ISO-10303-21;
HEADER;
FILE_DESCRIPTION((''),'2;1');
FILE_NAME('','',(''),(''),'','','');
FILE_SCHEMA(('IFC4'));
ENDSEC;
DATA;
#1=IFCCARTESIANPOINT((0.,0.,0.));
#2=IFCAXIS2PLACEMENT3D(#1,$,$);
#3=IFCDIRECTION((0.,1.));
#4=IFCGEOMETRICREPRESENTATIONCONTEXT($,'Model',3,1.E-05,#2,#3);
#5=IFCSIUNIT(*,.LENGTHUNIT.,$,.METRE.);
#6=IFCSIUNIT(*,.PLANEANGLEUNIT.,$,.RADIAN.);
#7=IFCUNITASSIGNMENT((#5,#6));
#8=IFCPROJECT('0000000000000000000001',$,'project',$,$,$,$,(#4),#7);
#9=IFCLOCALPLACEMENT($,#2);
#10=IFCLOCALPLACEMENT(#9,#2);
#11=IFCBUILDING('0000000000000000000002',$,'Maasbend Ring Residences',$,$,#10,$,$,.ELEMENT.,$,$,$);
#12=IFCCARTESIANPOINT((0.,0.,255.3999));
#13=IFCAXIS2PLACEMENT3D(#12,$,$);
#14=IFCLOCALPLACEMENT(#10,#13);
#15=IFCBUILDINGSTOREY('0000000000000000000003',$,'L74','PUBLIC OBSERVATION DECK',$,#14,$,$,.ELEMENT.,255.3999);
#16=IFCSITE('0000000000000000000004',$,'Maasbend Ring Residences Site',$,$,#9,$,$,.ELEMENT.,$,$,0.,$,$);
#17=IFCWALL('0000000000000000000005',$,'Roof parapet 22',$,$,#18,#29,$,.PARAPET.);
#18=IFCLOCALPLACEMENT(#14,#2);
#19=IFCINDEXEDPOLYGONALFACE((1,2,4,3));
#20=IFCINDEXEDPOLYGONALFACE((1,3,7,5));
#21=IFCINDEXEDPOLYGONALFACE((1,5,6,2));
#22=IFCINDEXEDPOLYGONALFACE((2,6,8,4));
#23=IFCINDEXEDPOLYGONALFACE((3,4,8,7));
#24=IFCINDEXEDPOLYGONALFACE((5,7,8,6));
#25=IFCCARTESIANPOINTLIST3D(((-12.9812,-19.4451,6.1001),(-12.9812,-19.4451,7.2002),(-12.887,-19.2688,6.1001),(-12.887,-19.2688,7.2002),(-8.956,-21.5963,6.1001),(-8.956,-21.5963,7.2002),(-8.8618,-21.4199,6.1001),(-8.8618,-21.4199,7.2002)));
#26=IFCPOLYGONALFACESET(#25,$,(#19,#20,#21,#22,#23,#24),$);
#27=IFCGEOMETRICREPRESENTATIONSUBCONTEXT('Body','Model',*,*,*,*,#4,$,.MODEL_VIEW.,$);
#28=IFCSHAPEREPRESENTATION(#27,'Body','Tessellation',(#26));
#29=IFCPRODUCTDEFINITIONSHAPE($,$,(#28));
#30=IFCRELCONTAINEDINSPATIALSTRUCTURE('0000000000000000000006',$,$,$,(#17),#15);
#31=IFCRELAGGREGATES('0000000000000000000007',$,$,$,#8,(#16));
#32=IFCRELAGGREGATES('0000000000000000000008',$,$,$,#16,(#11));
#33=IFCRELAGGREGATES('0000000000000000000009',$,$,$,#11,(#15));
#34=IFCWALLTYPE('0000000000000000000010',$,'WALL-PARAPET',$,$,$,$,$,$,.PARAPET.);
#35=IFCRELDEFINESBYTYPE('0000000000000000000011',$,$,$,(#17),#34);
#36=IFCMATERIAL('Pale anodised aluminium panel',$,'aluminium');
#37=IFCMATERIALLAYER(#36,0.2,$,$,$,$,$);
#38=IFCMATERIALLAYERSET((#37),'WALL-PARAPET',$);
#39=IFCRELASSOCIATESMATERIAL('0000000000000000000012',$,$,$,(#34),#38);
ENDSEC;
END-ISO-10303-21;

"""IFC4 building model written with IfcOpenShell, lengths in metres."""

from ifc_helpers import new_model, si_unit, direction, frame, frame_2d, origin, place, context, subcontext, project, spatial, rectangle, extrude, material, layer, layer_set, type_object, element, save


model = new_model("IFC4")

# Units and contexts
model_context = context("Model", 3, precision=1e-05, world=origin(), true_north=direction((0.0, 1.0)))
body_context = subcontext(model_context, "Body", "Model", "MODEL_VIEW")
ifc_project = project(units=[si_unit("LENGTHUNIT", "METRE"), si_unit("PLANEANGLEUNIT", "RADIAN")], contexts=[model_context])

# Site, building, storey
site_placement = place(None, origin())
site = spatial("IfcSite", under=ifc_project, at=site_placement, Name="Maasbend Ring Residences Site", CompositionType="ELEMENT", RefElevation=0.0)
building_placement = place(site_placement, origin())
building = spatial("IfcBuilding", under=site, at=building_placement, Name="Maasbend Ring Residences", CompositionType="ELEMENT")
storey_placement = place(building_placement, frame((0.0, 0.0, 255.3999)))
storey = spatial("IfcBuildingStorey", under=building, at=storey_placement, Name="L74", Description="PUBLIC OBSERVATION DECK", CompositionType="ELEMENT", Elevation=255.3999)

# Wall
ifc_material_1 = material(Name="Pale anodised aluminium panel", Category="aluminium")
ifc_layer_1 = layer(ifc_material_1, 0.2)
ifc_layer_set_1 = layer_set([ifc_layer_1], Name="WALL-PARAPET")
wall_type_1 = type_object("IfcWallType", Name="WALL-PARAPET", PredefinedType="PARAPET", material=ifc_layer_set_1)
wall_1_placement = place(storey_placement, frame((-12.9341, -19.3569, 6.1001), z_axis=(0.0, 0.0, 1.0), x_axis=(0.881954, -0.471335, 0.0)))
element("IfcWall", 1, at=wall_1_placement, inside=storey, type_object=wall_type_1, Name="Roof parapet 22", PredefinedType="PARAPET", context=body_context, shape_type="SweptSolid", body=[
    extrude(rectangle(XDim=4.564, YDim=0.2, at=frame_2d((2.282, 0.0))), origin(), (0.0, 0.0, 1.0), 1.1001),
])

save(model, "model.ifc")
